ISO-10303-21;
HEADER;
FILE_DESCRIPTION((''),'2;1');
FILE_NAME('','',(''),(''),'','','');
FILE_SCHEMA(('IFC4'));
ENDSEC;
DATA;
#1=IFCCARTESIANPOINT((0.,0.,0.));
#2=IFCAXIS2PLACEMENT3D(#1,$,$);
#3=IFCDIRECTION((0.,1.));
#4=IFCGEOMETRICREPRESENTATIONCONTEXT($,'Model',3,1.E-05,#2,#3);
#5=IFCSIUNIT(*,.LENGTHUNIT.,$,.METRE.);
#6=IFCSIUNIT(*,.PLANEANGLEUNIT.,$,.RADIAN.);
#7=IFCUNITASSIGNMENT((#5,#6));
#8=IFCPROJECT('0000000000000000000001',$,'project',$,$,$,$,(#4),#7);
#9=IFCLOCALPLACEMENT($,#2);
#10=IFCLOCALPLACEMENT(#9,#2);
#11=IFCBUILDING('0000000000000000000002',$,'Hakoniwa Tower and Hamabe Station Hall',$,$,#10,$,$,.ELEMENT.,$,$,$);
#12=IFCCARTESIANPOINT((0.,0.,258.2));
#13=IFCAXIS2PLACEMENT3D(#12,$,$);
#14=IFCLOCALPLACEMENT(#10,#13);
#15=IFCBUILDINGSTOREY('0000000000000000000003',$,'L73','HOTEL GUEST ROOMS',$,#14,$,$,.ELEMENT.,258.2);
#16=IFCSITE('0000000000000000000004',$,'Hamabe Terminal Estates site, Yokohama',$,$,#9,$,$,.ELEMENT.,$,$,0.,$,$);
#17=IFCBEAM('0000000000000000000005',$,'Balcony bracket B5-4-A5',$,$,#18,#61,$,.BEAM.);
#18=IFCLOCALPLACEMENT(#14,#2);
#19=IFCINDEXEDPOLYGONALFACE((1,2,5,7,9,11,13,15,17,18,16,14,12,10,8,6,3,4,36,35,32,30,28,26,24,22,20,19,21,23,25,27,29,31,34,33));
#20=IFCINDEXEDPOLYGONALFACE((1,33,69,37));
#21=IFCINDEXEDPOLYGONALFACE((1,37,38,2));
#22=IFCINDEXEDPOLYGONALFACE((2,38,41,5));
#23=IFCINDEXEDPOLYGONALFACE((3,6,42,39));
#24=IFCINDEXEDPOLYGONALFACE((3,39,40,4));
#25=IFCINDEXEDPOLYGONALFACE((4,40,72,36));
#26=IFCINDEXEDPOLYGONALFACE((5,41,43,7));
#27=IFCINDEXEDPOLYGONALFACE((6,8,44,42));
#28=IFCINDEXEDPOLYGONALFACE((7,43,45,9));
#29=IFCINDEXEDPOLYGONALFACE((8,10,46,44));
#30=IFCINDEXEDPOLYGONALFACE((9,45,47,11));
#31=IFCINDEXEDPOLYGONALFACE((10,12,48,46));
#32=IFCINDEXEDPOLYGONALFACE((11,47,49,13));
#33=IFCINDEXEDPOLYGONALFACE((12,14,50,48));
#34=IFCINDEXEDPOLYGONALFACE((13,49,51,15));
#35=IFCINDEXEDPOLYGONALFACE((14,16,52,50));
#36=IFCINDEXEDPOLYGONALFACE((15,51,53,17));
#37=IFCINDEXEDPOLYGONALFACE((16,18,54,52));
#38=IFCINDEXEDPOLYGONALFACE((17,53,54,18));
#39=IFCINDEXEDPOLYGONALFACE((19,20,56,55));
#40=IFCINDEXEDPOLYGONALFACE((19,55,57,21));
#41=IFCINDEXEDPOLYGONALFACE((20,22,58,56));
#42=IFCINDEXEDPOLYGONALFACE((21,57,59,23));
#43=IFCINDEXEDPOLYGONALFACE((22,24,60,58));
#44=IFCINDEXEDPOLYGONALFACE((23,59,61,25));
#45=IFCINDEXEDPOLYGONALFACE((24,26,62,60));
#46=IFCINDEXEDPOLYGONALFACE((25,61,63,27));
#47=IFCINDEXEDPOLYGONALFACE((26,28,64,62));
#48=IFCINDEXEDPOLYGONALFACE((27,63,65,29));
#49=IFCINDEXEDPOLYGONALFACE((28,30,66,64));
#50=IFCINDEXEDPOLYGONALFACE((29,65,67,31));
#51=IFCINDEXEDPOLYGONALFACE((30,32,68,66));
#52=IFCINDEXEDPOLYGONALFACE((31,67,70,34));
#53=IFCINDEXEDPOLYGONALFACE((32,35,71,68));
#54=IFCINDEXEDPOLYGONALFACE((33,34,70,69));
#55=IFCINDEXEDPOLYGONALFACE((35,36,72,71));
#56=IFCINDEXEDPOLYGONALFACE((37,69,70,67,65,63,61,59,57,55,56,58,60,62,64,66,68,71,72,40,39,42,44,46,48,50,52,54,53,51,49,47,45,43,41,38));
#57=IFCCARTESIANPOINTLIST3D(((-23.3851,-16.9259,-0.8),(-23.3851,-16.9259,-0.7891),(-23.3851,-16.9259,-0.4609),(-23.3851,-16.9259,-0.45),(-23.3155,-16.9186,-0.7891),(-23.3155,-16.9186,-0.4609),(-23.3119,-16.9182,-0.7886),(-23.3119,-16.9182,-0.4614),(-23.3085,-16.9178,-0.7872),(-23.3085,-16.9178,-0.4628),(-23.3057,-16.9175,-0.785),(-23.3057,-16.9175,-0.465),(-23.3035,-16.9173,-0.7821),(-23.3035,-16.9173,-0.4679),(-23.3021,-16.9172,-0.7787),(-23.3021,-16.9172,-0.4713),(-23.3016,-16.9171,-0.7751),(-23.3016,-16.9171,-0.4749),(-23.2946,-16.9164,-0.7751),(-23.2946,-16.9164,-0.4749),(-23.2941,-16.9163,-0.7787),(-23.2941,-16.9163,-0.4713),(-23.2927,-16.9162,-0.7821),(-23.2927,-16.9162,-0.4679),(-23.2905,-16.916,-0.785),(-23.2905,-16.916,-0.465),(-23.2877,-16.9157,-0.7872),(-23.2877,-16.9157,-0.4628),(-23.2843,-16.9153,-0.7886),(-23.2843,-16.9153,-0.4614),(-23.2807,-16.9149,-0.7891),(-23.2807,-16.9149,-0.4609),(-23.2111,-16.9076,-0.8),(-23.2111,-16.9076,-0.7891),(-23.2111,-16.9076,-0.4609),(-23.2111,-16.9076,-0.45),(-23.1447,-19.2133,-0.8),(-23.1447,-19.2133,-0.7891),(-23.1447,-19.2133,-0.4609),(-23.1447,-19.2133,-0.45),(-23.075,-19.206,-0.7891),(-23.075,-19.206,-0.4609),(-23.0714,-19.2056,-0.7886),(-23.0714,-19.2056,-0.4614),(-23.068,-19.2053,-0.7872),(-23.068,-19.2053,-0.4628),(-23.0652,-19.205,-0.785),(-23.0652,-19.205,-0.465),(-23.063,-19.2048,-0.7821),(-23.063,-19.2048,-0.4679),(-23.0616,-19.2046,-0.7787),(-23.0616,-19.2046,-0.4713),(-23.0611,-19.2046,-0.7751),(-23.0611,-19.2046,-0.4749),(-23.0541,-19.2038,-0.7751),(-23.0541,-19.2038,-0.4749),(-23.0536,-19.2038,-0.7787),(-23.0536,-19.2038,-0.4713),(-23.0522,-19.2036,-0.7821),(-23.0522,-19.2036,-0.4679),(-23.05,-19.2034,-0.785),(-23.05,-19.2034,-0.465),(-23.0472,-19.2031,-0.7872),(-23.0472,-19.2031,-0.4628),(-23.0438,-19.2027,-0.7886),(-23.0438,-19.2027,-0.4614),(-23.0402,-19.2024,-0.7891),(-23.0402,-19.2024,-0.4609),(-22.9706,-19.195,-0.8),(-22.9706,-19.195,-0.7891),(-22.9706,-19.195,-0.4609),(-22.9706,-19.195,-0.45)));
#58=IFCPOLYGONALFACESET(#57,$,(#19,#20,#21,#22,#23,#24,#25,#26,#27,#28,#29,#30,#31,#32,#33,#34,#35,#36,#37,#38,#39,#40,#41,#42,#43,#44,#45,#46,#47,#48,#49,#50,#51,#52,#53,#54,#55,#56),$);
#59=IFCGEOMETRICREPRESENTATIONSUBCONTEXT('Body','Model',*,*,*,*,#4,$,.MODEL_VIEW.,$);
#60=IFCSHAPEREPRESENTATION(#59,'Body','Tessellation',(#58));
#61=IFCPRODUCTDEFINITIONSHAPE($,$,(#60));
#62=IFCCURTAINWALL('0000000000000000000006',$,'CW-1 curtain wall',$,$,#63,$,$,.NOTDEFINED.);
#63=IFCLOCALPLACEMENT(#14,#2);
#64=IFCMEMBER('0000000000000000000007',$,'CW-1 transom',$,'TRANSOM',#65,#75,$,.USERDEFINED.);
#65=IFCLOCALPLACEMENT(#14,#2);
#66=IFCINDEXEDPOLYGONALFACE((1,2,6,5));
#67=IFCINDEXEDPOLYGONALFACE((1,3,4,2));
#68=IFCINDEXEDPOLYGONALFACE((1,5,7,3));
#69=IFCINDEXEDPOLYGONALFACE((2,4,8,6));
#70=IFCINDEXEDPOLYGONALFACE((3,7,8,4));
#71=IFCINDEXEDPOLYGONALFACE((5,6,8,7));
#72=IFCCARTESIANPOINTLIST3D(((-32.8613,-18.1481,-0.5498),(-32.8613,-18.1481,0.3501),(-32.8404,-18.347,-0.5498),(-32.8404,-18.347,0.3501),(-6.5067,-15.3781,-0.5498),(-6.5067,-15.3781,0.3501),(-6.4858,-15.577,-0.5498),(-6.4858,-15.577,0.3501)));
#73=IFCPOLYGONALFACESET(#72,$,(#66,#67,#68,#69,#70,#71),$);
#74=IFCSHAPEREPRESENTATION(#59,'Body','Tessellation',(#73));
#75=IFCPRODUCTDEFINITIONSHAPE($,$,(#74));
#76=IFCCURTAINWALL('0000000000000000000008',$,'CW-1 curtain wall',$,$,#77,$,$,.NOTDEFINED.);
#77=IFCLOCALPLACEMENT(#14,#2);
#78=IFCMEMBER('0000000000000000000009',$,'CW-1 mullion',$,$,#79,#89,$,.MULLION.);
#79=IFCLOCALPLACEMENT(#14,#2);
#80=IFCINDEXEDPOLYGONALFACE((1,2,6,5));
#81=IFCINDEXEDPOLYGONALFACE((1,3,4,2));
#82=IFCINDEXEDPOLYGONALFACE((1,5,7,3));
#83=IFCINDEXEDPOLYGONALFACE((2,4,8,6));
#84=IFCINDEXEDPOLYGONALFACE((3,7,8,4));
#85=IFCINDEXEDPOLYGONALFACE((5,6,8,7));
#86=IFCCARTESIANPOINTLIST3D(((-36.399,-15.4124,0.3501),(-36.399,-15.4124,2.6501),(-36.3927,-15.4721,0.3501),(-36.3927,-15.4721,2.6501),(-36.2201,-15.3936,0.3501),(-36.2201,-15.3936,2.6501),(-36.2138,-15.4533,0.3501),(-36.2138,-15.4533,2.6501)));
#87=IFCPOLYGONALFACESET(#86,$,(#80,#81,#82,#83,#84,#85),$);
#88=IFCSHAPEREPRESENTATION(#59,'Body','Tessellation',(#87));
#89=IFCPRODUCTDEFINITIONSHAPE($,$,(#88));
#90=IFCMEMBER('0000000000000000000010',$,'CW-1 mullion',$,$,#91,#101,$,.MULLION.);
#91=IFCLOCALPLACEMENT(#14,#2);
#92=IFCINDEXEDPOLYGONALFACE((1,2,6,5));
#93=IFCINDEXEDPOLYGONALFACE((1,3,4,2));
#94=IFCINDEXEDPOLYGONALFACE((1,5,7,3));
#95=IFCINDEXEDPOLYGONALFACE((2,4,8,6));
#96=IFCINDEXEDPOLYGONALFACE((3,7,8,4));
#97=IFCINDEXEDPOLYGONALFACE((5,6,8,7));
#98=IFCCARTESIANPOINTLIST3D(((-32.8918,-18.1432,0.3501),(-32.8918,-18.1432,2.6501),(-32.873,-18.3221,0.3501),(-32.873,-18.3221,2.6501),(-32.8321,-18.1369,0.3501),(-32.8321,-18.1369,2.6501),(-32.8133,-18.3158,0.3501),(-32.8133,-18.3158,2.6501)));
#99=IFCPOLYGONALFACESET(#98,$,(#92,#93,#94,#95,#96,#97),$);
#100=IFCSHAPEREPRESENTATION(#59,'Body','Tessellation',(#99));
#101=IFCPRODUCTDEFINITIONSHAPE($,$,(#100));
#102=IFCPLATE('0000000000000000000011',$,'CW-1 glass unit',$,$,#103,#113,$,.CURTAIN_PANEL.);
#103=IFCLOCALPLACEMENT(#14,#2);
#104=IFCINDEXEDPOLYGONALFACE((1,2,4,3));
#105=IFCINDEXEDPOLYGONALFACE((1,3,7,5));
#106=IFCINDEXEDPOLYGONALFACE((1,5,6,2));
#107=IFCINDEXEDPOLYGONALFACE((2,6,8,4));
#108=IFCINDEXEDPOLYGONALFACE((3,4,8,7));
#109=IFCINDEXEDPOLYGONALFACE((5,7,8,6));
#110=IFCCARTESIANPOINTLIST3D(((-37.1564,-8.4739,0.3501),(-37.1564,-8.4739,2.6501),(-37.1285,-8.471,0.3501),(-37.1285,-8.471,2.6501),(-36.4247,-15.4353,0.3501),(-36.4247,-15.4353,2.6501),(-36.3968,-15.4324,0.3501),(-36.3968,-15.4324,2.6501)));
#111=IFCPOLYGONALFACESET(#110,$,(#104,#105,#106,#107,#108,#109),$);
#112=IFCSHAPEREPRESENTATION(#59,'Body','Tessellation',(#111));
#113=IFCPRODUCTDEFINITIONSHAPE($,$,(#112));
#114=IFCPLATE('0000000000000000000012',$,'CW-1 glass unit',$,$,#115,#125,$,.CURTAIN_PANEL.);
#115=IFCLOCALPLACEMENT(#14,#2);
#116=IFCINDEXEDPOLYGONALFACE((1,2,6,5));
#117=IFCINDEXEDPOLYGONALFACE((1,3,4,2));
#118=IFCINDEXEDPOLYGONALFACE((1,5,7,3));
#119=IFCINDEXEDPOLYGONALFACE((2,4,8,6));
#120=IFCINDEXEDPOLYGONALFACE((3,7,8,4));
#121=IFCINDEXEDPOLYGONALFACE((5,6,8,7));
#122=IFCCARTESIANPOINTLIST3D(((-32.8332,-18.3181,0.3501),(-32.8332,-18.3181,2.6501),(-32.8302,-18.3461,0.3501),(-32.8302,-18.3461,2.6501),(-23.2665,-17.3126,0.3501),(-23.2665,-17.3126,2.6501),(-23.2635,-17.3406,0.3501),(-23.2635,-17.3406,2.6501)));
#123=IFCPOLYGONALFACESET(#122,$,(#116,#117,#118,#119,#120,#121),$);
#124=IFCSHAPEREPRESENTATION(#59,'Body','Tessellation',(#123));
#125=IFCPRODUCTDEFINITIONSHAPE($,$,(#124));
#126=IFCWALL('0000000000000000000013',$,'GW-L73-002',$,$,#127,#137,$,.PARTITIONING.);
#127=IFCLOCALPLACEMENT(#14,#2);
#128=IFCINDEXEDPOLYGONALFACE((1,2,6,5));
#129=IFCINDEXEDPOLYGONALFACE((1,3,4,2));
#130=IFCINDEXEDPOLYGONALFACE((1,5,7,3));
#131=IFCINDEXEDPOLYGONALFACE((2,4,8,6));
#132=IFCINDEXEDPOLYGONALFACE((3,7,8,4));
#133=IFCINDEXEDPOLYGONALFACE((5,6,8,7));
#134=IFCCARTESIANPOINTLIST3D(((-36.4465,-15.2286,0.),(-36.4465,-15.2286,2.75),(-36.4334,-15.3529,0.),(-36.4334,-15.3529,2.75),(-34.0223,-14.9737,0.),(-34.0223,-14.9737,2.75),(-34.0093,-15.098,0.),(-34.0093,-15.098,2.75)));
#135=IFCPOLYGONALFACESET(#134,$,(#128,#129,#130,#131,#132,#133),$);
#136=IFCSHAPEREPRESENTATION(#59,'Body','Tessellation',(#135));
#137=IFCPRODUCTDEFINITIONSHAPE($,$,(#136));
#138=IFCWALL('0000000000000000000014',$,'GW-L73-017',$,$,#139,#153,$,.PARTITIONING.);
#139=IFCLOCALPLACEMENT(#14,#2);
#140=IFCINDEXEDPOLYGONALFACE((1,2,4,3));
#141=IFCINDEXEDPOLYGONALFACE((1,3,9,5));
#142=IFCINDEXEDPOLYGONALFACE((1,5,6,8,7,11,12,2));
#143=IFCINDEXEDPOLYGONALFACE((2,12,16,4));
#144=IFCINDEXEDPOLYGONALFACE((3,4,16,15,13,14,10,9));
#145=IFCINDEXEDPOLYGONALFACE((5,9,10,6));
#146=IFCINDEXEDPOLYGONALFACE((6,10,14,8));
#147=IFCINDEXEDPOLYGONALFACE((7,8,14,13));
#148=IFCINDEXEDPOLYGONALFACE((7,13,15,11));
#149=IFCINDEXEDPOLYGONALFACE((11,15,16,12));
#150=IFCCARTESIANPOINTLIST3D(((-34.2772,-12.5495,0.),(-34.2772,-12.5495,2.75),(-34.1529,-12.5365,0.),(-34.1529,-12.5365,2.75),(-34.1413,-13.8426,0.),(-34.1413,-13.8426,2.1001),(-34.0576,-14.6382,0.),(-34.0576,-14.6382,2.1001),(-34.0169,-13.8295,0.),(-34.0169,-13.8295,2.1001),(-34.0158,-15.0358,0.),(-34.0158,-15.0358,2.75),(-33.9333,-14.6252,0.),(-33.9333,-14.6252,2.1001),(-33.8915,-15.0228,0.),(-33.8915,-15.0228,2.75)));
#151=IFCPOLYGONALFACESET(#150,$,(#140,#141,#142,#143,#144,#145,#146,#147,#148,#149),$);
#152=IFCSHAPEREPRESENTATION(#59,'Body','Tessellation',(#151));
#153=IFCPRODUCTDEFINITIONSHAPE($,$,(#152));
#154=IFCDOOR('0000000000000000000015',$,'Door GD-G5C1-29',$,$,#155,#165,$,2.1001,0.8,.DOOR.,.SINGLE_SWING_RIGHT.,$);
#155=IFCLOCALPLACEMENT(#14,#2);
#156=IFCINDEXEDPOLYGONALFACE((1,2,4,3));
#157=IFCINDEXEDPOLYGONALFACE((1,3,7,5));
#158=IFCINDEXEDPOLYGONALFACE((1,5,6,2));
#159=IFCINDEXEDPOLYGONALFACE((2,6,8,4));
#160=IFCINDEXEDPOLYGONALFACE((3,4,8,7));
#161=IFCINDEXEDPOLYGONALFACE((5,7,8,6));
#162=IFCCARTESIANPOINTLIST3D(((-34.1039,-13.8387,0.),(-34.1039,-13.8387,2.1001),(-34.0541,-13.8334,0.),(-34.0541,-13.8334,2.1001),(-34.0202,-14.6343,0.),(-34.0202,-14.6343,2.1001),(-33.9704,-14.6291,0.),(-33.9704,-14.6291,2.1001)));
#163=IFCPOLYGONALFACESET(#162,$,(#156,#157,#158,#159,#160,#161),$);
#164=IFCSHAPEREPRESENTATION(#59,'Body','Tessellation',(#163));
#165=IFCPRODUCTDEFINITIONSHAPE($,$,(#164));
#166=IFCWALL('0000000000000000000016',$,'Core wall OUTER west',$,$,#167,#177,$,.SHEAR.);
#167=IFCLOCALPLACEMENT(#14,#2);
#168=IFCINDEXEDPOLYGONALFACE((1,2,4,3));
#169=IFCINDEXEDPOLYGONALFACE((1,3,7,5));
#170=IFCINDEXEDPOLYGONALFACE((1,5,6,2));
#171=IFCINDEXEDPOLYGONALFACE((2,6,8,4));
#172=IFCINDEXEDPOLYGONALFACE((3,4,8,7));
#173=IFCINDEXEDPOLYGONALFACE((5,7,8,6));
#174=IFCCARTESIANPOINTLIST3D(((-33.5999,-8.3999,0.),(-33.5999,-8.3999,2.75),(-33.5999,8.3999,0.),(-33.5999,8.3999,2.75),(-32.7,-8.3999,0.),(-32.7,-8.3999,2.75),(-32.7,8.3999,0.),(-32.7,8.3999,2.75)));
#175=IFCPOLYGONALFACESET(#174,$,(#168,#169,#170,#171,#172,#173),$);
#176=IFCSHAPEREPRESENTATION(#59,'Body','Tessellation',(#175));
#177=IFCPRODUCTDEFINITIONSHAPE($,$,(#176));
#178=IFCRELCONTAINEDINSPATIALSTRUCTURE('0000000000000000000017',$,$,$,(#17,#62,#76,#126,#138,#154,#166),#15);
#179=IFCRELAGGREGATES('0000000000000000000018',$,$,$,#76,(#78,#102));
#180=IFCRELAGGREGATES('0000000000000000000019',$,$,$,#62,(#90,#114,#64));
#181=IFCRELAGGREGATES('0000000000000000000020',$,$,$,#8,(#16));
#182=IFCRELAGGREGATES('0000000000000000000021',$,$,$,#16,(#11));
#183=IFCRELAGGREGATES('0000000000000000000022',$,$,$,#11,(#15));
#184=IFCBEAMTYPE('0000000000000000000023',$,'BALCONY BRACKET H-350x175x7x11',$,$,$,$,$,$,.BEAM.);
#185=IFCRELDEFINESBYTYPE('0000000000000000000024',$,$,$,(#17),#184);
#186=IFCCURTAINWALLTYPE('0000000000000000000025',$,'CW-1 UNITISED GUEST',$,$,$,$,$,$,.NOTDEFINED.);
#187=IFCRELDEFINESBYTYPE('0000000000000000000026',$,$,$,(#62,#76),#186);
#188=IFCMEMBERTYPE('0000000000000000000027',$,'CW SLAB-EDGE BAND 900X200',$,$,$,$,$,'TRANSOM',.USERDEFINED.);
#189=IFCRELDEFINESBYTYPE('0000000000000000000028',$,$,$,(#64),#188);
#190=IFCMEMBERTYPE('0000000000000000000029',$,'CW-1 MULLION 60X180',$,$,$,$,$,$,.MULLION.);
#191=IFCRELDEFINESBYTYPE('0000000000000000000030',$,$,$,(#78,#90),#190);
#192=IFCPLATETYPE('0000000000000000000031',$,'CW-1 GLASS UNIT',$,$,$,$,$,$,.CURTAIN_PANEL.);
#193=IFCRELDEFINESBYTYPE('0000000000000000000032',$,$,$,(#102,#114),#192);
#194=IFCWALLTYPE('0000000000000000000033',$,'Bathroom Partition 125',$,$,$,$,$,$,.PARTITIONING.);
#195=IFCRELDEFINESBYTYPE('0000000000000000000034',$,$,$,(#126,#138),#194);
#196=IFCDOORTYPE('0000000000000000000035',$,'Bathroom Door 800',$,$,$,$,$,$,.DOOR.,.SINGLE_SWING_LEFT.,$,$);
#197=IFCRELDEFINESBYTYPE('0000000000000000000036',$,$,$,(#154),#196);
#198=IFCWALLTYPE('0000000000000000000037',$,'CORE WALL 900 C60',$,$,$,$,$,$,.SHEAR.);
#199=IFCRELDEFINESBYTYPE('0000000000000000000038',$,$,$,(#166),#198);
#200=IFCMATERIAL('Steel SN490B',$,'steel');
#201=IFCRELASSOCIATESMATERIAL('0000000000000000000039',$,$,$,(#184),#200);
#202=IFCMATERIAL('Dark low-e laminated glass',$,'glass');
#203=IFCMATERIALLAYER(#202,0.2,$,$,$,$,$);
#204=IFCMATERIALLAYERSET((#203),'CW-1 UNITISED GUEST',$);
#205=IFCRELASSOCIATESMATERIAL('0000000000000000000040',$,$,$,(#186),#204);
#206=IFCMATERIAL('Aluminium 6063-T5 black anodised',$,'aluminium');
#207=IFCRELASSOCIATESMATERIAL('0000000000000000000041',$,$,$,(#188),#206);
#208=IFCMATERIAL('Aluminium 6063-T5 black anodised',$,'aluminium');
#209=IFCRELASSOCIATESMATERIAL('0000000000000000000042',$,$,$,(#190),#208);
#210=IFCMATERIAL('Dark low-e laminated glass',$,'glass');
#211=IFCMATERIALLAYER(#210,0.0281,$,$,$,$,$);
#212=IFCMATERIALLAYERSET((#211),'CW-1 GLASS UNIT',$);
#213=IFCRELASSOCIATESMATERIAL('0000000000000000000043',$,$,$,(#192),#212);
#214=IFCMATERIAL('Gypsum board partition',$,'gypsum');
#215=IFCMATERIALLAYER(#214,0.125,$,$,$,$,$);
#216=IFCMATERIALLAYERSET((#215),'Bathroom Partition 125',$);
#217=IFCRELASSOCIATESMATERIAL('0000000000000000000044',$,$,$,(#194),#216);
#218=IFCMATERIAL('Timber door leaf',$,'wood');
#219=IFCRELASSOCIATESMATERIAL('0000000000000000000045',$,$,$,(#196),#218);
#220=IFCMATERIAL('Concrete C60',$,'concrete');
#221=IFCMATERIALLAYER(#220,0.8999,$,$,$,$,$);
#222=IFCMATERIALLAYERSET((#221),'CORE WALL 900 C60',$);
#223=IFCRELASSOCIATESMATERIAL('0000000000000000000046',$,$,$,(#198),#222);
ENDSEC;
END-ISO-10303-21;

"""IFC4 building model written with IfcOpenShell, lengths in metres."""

from ifc_helpers import new_model, si_unit, direction, frame, frame_2d, origin, origin_2d, place, context, subcontext, project, spatial, rectangle, i_section, extrude, material, layer, layer_set, material_profile, profile_set, type_object, element, fill, aggregate, save


model = new_model("IFC4")

# Units and contexts
model_context = context("Model", 3, precision=1e-05, world=origin(), true_north=direction((0.0, 1.0)))
body_context = subcontext(model_context, "Body", "Model", "MODEL_VIEW")
ifc_project = project(units=[si_unit("LENGTHUNIT", "METRE"), si_unit("PLANEANGLEUNIT", "RADIAN")], contexts=[model_context])

# Site, building, storey
site_placement = place(None, origin())
site = spatial("IfcSite", under=ifc_project, at=site_placement, Name="Hamabe Terminal Estates site, Yokohama", CompositionType="ELEMENT", RefElevation=0.0)
building_placement = place(site_placement, origin())
building = spatial("IfcBuilding", under=site, at=building_placement, Name="Hakoniwa Tower and Hamabe Station Hall", CompositionType="ELEMENT")
storey_placement = place(building_placement, frame((0.0, 0.0, 258.2)))
storey = spatial("IfcBuildingStorey", under=building, at=storey_placement, Name="L73", Description="HOTEL GUEST ROOMS", CompositionType="ELEMENT", Elevation=258.2)

# Beam
ifc_material_1 = material(Name="Steel SN490B", Category="steel")
ifc_material_profile_1 = material_profile(ifc_material_1, i_section(OverallWidth=0.175, OverallDepth=0.3501, WebThickness=0.0071, FlangeThickness=0.011, FilletRadius=0.0139, at=origin_2d()), Name="H-350x175x7x11")
ifc_profile_set_1 = profile_set([ifc_material_profile_1], Name="Steel SN490B")
beam_type = type_object("IfcBeamType", Name="BALCONY BRACKET H-350x175x7x11", PredefinedType="BEAM", material=ifc_profile_set_1)
beam_placement = place(storey_placement, frame((-23.2981, -16.9167, -0.625), z_axis=(0.104558, -0.994519, 0.0), x_axis=(0.994519, 0.104558, 0.0)))
element("IfcBeam", 1, at=beam_placement, inside=storey, type_object=beam_type, Name="Balcony bracket B5-4-A5", PredefinedType="BEAM", context=body_context, shape_type="SweptSolid", body=[
    extrude(i_section(OverallWidth=0.175, OverallDepth=0.3501, WebThickness=0.0071, FlangeThickness=0.011, FilletRadius=0.0139, at=origin_2d()), origin(), (0.0, 0.0, 1.0), 2.3),
])

# Curtain walls, members
ifc_material_2 = material(Name="Dark low-e laminated glass", Category="glass")
ifc_layer_1 = layer(ifc_material_2, 0.2)
ifc_layer_set_1 = layer_set([ifc_layer_1], Name="CW-1 UNITISED GUEST")
curtain_wall_type = type_object("IfcCurtainWallType", Name="CW-1 UNITISED GUEST", PredefinedType="NOTDEFINED", material=ifc_layer_set_1)
curtain_wall_1_placement = place(storey_placement, origin())
curtain_wall_1 = element("IfcCurtainWall", 2, at=curtain_wall_1_placement, inside=storey, type_object=curtain_wall_type, Name="CW-1 curtain wall", PredefinedType="NOTDEFINED")
ifc_material_3 = material(Name="Aluminium 6063-T5 black anodised", Category="aluminium")
ifc_material_profile_2 = material_profile(ifc_material_3, rectangle(XDim=0.2, YDim=0.8999, at=origin_2d()), Name="CW SLAB-EDGE BAND 900X200")
ifc_profile_set_2 = profile_set([ifc_material_profile_2], Name="Aluminium 6063-T5 black anodised")
member_type_1 = type_object("IfcMemberType", Name="CW SLAB-EDGE BAND 900X200", ElementType="TRANSOM", PredefinedType="USERDEFINED", material=ifc_profile_set_2)
member_1_placement = place(storey_placement, frame((-32.8508, -18.2476, -0.0999), z_axis=(0.994522, 0.10453, 0.0), x_axis=(-0.10453, 0.994522, 0.0)))
member_1 = element("IfcMember", 3, at=member_1_placement, type_object=member_type_1, Name="CW-1 transom", ObjectType="TRANSOM", PredefinedType="USERDEFINED", context=body_context, shape_type="SweptSolid", body=[
    extrude(rectangle(XDim=0.2, YDim=0.8999, at=origin_2d()), origin(), (0.0, 0.0, 1.0), 26.4998),
])
curtain_wall_2_placement = place(storey_placement, origin())
curtain_wall_2 = element("IfcCurtainWall", 4, at=curtain_wall_2_placement, inside=storey, type_object=curtain_wall_type, Name="CW-1 curtain wall", PredefinedType="NOTDEFINED")
ifc_material_4 = material(Name="Aluminium 6063-T5 black anodised", Category="aluminium")
ifc_material_profile_3 = material_profile(ifc_material_4, rectangle(XDim=0.0601, YDim=0.1799, at=origin_2d()), Name="CW-1 MULLION 60X180")
ifc_profile_set_3 = profile_set([ifc_material_profile_3], Name="Aluminium 6063-T5 black anodised")
member_type_2 = type_object("IfcMemberType", Name="CW-1 MULLION 60X180", PredefinedType="MULLION", material=ifc_profile_set_3)
member_2_placement = place(storey_placement, frame((-36.3064, -15.4329, 0.3501), z_axis=(0.0, 0.0, 1.0), x_axis=(0.104528, -0.994522, 0.0)))
member_2 = element("IfcMember", 5, at=member_2_placement, type_object=member_type_2, Name="CW-1 mullion", PredefinedType="MULLION", context=body_context, shape_type="SweptSolid", body=[
    extrude(rectangle(XDim=0.0601, YDim=0.1799, at=origin_2d()), origin(), (0.0, 0.0, 1.0), 2.3),
])

# Member
member_3_placement = place(storey_placement, frame((-32.8525, -18.2295, 0.3501), z_axis=(0.0, 0.0, 1.0), x_axis=(0.994522, 0.104528, 0.0)))
member_3 = element("IfcMember", 6, at=member_3_placement, type_object=member_type_2, Name="CW-1 mullion", PredefinedType="MULLION", context=body_context, shape_type="SweptSolid", body=[
    extrude(rectangle(XDim=0.0601, YDim=0.1799, at=origin_2d()), origin(), (0.0, 0.0, 1.0), 2.3),
])

# Plates
ifc_material_5 = material(Name="Dark low-e laminated glass", Category="glass")
ifc_layer_2 = layer(ifc_material_5, 0.0281)
ifc_layer_set_2 = layer_set([ifc_layer_2], Name="CW-1 GLASS UNIT")
plate_type = type_object("IfcPlateType", Name="CW-1 GLASS UNIT", PredefinedType="CURTAIN_PANEL", material=ifc_layer_set_2)
plate_1_placement = place(storey_placement, frame((-36.7766, -11.9531, 0.3501), z_axis=(0.0, 0.0, 1.0), x_axis=(0.104528, -0.994522, 0.0)))
plate_1 = element("IfcPlate", 7, at=plate_1_placement, type_object=plate_type, Name="CW-1 glass unit", PredefinedType="CURTAIN_PANEL", context=body_context, shape_type="SweptSolid", body=[
    extrude(rectangle(XDim=6.9998, YDim=0.0281, at=origin_2d()), origin(), (0.0, 0.0, 1.0), 2.3),
])
aggregate(curtain_wall_2, [member_2, plate_1])
plate_2_placement = place(storey_placement, frame((-28.0483, -17.8293, 0.3501), z_axis=(0.0, 0.0, 1.0), x_axis=(0.994522, 0.104528, 0.0)))
plate_2 = element("IfcPlate", 8, at=plate_2_placement, type_object=plate_type, Name="CW-1 glass unit", PredefinedType="CURTAIN_PANEL", context=body_context, shape_type="SweptSolid", body=[
    extrude(rectangle(XDim=9.6194, YDim=0.0281, at=origin_2d()), origin(), (0.0, 0.0, 1.0), 2.3),
])
aggregate(curtain_wall_1, [member_3, plate_2, member_1])

# Wall
ifc_material_6 = material(Name="Gypsum board partition", Category="gypsum")
ifc_layer_3 = layer(ifc_material_6, 0.125)
ifc_layer_set_3 = layer_set([ifc_layer_3], Name="Bathroom Partition 125")
wall_type_1 = type_object("IfcWallType", Name="Bathroom Partition 125", PredefinedType="PARTITIONING", material=ifc_layer_set_3)
wall_1_placement = place(storey_placement, frame((-36.4399, -15.2908, 0.0), z_axis=(0.0, 0.0, 1.0), x_axis=(0.994518, 0.10457, 0.0)))
element("IfcWall", 9, at=wall_1_placement, inside=storey, type_object=wall_type_1, Name="GW-L73-002", PredefinedType="PARTITIONING", context=body_context, shape_type="SweptSolid", body=[
    extrude(rectangle(XDim=2.4375, YDim=0.125, at=frame_2d((1.2188, 0.0))), origin(), (0.0, 0.0, 1.0), 2.75),
])

# Wall, opening, door
wall_2_placement = place(storey_placement, frame((-33.9536, -15.0293, 0.0), z_axis=(0.0, 0.0, 1.0), x_axis=(-0.104588, 0.994516, 0.0)))
wall_2 = element("IfcWall", 10, at=wall_2_placement, inside=storey, type_object=wall_type_1, Name="GW-L73-017", PredefinedType="PARTITIONING", context=body_context, shape_type="SweptSolid", body=[
    extrude(rectangle(XDim=2.5, YDim=0.125, at=frame_2d((1.25, 0.0))), origin(), (0.0, 0.0, 1.0), 2.75),
])
opening_1_placement = place(wall_2_placement, frame((0.3999, 0.0, 0.0)))
opening_1 = element("IfcOpeningElement", 11, at=opening_1_placement, cuts=wall_2, PredefinedType="OPENING", context=body_context, shape_type="SweptSolid", body=[
    extrude(rectangle(XDim=0.8, YDim=2.1001, at=frame_2d((0.3999, 1.05))), frame((0.0, 0.0725, 0.0), z_axis=(0.0, -1.0, 0.0), x_axis=(1.0, 0.0, 0.0)), (0.0, 0.0, 1.0), 0.145),
])
ifc_material_7 = material(Name="Timber door leaf", Category="wood")
door_type_1 = type_object("IfcDoorType", Name="Bathroom Door 800", OperationType="SINGLE_SWING_LEFT", PredefinedType="DOOR", material=ifc_material_7)
door_1_placement = place(opening_1_placement, origin())
door_1 = element("IfcDoor", 12, at=door_1_placement, inside=storey, type_object=door_type_1, Name="Door GD-G5C1-29", OperationType="SINGLE_SWING_RIGHT", OverallHeight=2.1001, OverallWidth=0.8, PredefinedType="DOOR", context=body_context, shape_type="SweptSolid", body=[
    extrude(rectangle(XDim=0.8, YDim=2.1001, at=frame_2d((0.3999, 1.05))), frame((0.0, 0.0249, 0.0), z_axis=(0.0, -1.0, 0.0), x_axis=(1.0, 0.0, 0.0)), (0.0, 0.0, 1.0), 0.05),
])
fill(opening_1, door_1)

# Wall
ifc_material_8 = material(Name="Concrete C60", Category="concrete")
ifc_layer_4 = layer(ifc_material_8, 0.8999)
ifc_layer_set_4 = layer_set([ifc_layer_4], Name="CORE WALL 900 C60")
wall_type_2 = type_object("IfcWallType", Name="CORE WALL 900 C60", PredefinedType="SHEAR", material=ifc_layer_set_4)
wall_3_placement = place(storey_placement, frame((-33.1499, -8.3999, 0.0), z_axis=(0.0, 0.0, 1.0), x_axis=(0.0, 1.0, 0.0)))
element("IfcWall", 13, at=wall_3_placement, inside=storey, type_object=wall_type_2, Name="Core wall OUTER west", PredefinedType="SHEAR", context=body_context, shape_type="SweptSolid", body=[
    extrude(rectangle(XDim=16.7998, YDim=0.8999, at=frame_2d((8.3999, 0.0))), origin(), (0.0, 0.0, 1.0), 2.75),
])

save(model, "model.ifc")
